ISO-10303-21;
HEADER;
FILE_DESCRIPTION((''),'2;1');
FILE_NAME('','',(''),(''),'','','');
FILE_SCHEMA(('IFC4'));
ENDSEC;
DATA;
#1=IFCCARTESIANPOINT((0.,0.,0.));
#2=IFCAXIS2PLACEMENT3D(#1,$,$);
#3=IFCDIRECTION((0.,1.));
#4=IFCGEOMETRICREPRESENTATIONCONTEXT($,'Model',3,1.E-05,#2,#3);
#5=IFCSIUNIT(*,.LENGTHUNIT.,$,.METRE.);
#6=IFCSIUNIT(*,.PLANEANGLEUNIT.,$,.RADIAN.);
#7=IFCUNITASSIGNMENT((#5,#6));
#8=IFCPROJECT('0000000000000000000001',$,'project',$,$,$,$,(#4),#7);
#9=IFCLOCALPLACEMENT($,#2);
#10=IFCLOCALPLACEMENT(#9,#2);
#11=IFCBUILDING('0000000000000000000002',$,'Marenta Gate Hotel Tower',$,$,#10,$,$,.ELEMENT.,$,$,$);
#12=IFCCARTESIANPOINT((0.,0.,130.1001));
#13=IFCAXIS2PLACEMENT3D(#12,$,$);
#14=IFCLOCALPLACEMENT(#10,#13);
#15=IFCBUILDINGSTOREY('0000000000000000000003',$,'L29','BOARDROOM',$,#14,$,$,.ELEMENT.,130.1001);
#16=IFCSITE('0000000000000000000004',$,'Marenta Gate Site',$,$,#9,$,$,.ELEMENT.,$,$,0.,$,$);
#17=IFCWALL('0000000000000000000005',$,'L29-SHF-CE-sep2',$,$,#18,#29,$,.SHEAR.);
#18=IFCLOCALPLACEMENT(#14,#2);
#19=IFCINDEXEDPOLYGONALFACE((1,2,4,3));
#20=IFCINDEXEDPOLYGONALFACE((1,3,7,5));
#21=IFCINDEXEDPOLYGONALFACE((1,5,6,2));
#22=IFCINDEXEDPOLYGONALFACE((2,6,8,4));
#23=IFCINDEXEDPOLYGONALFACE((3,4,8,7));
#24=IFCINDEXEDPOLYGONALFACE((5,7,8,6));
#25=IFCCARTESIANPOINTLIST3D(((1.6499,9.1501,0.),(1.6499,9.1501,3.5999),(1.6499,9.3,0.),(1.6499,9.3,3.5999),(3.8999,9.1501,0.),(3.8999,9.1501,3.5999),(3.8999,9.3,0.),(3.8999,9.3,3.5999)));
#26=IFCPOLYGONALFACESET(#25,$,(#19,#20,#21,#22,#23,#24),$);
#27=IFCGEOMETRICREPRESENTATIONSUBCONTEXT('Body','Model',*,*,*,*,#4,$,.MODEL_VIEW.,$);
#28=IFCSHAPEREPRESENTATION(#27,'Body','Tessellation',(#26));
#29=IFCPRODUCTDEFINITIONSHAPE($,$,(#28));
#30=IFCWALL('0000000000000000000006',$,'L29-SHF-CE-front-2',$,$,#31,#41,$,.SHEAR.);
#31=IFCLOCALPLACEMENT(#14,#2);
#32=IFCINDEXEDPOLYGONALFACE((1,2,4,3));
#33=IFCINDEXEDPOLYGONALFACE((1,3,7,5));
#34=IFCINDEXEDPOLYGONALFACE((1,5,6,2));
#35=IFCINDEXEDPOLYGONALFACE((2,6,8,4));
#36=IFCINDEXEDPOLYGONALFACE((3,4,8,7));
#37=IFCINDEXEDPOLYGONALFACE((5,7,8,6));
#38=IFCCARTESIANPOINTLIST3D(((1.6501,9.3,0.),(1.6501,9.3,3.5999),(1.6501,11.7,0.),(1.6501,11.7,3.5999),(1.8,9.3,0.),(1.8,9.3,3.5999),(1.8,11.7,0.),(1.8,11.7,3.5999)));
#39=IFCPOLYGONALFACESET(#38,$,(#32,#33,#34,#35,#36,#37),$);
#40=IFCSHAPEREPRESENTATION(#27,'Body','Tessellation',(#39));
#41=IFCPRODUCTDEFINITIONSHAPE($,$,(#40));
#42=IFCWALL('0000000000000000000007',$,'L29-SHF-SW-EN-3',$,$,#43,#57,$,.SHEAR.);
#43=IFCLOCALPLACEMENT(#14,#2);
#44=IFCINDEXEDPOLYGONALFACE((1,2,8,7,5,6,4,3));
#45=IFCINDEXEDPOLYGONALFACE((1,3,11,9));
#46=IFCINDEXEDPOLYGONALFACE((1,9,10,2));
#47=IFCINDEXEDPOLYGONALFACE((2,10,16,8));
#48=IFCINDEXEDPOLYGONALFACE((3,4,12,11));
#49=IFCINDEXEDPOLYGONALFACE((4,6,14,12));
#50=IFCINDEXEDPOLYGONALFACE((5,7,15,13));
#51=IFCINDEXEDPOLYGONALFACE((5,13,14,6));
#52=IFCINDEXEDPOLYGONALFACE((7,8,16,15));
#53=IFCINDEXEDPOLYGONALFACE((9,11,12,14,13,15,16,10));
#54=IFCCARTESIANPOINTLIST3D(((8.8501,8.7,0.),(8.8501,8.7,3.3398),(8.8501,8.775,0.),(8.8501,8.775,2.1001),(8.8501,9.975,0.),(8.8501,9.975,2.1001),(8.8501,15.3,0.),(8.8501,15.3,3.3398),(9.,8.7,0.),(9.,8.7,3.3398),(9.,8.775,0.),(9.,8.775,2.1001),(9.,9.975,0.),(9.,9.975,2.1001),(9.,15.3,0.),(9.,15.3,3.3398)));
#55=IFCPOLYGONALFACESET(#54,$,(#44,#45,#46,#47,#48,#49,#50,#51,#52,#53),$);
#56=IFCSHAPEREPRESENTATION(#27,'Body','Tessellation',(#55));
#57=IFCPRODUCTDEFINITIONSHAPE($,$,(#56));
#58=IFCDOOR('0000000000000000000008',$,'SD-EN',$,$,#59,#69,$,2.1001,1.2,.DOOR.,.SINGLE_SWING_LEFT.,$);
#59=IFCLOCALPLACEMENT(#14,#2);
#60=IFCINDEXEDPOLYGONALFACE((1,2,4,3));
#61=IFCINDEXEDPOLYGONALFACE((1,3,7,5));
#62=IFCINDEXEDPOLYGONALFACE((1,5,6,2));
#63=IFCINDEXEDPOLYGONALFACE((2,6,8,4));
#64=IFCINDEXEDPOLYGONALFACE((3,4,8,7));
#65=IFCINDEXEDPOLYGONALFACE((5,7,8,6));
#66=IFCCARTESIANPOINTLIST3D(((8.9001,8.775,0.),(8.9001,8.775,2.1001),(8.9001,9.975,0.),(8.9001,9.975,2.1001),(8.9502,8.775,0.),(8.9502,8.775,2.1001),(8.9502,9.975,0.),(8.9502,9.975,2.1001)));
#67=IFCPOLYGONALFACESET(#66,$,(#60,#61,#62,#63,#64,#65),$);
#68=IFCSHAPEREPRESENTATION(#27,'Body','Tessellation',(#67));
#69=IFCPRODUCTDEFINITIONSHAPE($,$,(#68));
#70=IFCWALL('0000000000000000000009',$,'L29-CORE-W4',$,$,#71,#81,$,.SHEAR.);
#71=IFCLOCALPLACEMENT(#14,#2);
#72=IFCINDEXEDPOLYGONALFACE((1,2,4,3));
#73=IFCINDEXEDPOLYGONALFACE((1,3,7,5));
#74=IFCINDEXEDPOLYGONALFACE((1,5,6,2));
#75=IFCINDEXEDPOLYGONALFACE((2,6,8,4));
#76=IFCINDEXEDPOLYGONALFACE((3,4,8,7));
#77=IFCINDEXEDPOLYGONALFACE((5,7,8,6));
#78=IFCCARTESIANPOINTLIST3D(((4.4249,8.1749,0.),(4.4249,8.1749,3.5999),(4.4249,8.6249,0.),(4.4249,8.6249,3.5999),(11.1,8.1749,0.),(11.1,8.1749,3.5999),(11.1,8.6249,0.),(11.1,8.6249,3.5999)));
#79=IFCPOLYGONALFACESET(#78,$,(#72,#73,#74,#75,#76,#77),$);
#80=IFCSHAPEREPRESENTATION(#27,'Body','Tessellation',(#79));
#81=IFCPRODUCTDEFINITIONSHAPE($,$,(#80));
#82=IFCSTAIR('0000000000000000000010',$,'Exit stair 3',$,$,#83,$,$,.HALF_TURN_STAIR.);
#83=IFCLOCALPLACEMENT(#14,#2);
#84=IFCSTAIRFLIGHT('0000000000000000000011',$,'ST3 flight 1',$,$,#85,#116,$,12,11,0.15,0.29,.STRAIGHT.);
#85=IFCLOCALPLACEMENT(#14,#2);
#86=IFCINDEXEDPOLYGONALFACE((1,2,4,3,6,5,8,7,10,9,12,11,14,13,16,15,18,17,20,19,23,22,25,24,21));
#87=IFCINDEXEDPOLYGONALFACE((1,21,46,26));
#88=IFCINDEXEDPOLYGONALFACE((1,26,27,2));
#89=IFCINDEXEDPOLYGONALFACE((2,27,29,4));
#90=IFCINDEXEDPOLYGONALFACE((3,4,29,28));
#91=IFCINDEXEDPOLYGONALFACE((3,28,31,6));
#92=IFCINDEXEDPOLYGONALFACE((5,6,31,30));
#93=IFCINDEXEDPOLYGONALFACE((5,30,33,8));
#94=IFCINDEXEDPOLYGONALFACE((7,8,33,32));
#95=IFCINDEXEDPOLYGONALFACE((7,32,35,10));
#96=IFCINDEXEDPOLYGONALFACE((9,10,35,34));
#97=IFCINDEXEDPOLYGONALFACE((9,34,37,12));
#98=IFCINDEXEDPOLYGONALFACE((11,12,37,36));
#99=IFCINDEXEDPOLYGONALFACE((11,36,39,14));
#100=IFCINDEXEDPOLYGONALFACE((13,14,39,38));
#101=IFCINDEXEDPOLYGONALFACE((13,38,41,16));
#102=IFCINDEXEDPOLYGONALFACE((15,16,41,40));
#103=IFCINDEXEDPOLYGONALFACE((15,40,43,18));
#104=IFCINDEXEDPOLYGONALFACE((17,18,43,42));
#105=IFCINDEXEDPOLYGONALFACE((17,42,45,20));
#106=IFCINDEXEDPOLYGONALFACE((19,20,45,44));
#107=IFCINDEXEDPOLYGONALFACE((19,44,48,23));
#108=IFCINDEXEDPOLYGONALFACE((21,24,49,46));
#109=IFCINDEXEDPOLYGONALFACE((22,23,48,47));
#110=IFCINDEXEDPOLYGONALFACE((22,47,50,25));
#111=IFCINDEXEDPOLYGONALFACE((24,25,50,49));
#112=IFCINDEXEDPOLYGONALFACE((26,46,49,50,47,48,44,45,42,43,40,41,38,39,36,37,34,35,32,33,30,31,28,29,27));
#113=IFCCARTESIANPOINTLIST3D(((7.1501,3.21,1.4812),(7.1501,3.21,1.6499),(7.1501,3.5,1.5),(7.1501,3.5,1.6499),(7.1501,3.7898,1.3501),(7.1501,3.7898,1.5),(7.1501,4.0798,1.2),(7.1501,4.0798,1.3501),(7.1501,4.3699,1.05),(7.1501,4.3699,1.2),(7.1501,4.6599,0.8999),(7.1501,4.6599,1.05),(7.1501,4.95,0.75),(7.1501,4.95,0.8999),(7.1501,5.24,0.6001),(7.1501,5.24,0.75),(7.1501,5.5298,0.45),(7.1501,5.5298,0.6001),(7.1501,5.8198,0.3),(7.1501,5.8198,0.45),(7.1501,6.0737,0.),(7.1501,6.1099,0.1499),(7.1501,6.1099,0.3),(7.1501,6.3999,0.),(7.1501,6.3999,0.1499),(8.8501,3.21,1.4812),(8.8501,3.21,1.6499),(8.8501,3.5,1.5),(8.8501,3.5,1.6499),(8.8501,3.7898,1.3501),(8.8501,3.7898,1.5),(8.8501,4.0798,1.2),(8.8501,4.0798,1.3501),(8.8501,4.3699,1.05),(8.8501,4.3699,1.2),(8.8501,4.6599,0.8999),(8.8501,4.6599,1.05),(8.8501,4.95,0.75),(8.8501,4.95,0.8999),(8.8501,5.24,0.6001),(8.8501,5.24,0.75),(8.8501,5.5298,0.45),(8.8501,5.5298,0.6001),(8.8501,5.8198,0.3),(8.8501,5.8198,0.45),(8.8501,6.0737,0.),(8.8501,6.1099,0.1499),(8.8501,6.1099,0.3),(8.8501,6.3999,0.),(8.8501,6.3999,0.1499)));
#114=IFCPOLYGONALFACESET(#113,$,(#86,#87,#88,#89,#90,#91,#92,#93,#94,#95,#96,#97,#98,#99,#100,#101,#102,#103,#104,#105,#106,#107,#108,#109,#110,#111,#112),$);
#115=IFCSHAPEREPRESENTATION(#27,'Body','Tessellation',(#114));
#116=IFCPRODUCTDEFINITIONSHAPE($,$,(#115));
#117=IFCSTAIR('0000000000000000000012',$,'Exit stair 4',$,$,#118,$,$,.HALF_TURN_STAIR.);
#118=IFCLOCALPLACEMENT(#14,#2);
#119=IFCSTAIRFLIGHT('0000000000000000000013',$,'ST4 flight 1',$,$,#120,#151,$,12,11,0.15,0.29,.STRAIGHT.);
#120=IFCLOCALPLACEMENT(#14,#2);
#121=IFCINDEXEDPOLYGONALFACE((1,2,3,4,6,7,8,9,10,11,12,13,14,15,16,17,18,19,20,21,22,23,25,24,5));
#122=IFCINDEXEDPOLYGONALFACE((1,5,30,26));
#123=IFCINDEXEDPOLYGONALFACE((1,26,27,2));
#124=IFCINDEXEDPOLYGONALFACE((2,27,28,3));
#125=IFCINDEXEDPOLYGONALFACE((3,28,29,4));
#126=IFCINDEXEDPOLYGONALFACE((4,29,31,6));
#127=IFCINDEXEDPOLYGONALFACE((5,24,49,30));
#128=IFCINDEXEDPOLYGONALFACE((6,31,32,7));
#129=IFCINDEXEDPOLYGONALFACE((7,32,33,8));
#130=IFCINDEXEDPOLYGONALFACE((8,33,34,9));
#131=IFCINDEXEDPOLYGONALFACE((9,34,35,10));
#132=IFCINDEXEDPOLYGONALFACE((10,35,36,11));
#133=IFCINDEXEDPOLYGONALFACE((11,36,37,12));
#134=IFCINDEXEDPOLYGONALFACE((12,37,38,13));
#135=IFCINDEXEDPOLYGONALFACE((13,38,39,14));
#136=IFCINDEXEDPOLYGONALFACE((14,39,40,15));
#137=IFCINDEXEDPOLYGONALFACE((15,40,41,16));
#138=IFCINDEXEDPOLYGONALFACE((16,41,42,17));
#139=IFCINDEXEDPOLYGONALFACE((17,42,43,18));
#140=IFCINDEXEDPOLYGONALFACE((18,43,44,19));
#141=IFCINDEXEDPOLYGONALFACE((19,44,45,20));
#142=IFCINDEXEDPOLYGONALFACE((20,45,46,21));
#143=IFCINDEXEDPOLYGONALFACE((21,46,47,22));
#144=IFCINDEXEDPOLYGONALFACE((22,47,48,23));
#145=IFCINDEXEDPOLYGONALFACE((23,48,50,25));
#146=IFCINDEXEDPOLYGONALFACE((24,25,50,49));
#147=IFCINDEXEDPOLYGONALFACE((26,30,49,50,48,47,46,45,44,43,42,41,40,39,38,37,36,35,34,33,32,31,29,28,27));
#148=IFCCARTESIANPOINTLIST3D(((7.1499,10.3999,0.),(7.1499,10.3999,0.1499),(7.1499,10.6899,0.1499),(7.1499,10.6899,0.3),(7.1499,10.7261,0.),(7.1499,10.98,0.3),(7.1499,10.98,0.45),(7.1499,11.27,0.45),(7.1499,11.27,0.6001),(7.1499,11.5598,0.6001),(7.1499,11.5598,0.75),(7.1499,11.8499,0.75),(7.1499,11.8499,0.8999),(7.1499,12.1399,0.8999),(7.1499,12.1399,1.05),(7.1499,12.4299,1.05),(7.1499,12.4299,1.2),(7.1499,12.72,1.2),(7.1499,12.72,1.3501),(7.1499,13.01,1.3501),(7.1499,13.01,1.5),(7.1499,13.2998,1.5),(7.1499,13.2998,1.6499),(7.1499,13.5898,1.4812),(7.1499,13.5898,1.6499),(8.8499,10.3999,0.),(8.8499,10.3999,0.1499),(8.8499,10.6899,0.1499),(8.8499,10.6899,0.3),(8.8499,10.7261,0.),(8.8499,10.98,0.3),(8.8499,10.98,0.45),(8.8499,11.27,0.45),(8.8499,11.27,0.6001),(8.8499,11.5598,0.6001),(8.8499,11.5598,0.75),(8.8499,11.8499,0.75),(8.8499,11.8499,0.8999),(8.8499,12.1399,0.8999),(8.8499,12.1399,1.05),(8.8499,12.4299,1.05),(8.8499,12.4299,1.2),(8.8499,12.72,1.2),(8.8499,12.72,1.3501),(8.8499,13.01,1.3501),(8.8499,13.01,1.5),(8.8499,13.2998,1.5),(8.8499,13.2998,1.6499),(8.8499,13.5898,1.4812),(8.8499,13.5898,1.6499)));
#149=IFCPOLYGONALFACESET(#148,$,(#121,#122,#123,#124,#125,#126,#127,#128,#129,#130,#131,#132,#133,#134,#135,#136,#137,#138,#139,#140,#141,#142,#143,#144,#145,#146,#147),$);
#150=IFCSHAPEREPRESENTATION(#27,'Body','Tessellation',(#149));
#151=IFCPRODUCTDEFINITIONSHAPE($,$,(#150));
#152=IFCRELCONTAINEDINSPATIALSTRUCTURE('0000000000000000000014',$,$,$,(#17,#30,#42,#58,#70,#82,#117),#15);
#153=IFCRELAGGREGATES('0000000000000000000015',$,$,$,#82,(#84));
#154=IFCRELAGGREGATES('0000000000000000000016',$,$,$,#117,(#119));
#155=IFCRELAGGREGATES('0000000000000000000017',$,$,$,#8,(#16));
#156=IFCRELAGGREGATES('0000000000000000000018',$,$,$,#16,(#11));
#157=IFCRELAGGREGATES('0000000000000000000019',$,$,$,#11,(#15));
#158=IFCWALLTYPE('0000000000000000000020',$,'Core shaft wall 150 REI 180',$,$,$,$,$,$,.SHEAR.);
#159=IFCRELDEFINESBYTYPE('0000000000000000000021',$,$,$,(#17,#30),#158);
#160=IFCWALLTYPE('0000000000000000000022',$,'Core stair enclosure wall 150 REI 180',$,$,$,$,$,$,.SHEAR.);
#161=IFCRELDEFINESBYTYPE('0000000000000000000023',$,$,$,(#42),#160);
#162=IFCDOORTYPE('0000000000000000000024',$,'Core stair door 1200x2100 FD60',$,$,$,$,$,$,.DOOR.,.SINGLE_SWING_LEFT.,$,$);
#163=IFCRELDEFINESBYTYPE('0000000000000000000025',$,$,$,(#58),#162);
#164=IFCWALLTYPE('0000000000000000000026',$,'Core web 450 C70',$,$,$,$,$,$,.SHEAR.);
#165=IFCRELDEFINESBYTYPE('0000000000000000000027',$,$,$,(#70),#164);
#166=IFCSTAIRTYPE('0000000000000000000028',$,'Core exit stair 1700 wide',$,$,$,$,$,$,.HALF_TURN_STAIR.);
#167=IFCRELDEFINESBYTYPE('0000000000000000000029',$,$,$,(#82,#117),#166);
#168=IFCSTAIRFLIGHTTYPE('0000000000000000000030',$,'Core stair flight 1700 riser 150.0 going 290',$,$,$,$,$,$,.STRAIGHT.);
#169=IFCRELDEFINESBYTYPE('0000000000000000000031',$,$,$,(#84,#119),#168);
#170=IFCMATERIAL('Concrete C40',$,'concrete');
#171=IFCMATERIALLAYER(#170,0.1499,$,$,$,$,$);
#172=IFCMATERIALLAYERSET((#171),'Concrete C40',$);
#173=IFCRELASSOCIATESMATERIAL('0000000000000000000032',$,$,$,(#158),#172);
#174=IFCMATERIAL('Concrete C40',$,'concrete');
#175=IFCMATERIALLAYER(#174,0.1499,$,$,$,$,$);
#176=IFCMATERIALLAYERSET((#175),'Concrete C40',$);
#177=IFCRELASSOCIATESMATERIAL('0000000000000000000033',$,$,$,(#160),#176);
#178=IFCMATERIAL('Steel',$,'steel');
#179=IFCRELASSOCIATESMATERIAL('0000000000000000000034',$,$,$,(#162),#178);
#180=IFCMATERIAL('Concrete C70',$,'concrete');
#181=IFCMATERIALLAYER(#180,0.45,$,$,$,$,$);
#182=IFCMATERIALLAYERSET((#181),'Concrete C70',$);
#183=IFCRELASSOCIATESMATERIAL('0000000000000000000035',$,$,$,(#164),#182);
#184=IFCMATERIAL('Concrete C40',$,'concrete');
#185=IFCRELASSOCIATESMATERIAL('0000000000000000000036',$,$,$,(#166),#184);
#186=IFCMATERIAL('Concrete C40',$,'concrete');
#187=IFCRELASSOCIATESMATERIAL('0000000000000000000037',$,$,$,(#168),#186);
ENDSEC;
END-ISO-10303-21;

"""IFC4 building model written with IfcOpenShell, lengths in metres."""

from ifc_helpers import new_model, si_unit, direction, frame, frame_2d, origin, place, context, subcontext, project, spatial, polyline, rectangle, outline, extrude, material, layer, layer_set, type_object, element, fill, aggregate, save


model = new_model("IFC4")

# Units and contexts
model_context = context("Model", 3, precision=1e-05, world=origin(), true_north=direction((0.0, 1.0)))
body_context = subcontext(model_context, "Body", "Model", "MODEL_VIEW")
ifc_project = project(units=[si_unit("LENGTHUNIT", "METRE"), si_unit("PLANEANGLEUNIT", "RADIAN")], contexts=[model_context])

# Site, building, storey
site_placement = place(None, origin())
site = spatial("IfcSite", under=ifc_project, at=site_placement, Name="Marenta Gate Site", CompositionType="ELEMENT", RefElevation=0.0)
building_placement = place(site_placement, origin())
building = spatial("IfcBuilding", under=site, at=building_placement, Name="Marenta Gate Hotel Tower", CompositionType="ELEMENT")
storey_placement = place(building_placement, frame((0.0, 0.0, 130.1001)))
storey = spatial("IfcBuildingStorey", under=building, at=storey_placement, Name="L29", Description="BOARDROOM", CompositionType="ELEMENT", Elevation=130.1001)

# Shared definitions
ifc_material_1 = material(Name="Concrete C40", Category="concrete")
ifc_layer_1 = layer(ifc_material_1, 0.1499)
ifc_layer_set_1 = layer_set([ifc_layer_1], Name="Concrete C40")
wall_type_1 = type_object("IfcWallType", Name="Core shaft wall 150 REI 180", PredefinedType="SHEAR", material=ifc_layer_set_1)

# Walls
for number, where, z_axis, x_axis, name in (
    (1, (1.6499, 9.2251, 0.0), (0.0, 0.0, 1.0), (1.0, 0.0, 0.0), "L29-SHF-CE-sep2"),
):
    element("IfcWall", number, at=place(storey_placement, frame(where, z_axis=z_axis, x_axis=x_axis)), inside=storey, type_object=wall_type_1, Name=name, PredefinedType="SHEAR", context=body_context, shape_type="SweptSolid", body=[
        extrude(rectangle(XDim=2.25, YDim=0.1499, at=frame_2d((1.125, 0.0))), origin(), (0.0, 0.0, 1.0), 3.5999),
    ])
wall_1_placement = place(storey_placement, frame((1.7251, 9.3, 0.0), z_axis=(0.0, 0.0, 1.0), x_axis=(0.0, 1.0, 0.0)))
element("IfcWall", 2, at=wall_1_placement, inside=storey, type_object=wall_type_1, Name="L29-SHF-CE-front-2", PredefinedType="SHEAR", context=body_context, shape_type="SweptSolid", body=[
    extrude(rectangle(XDim=2.3999, YDim=0.1499, at=frame_2d((1.2, 0.0))), origin(), (0.0, 0.0, 1.0), 3.5999),
])

# Wall, opening, door
ifc_material_2 = material(Name="Concrete C40", Category="concrete")
ifc_layer_2 = layer(ifc_material_2, 0.1499)
ifc_layer_set_2 = layer_set([ifc_layer_2], Name="Concrete C40")
wall_type_2 = type_object("IfcWallType", Name="Core stair enclosure wall 150 REI 180", PredefinedType="SHEAR", material=ifc_layer_set_2)
wall_2_placement = place(storey_placement, frame((8.925, 8.7, 0.0), z_axis=(0.0, 0.0, 1.0), x_axis=(0.0, 1.0, 0.0)))
wall_2 = element("IfcWall", 3, at=wall_2_placement, inside=storey, type_object=wall_type_2, Name="L29-SHF-SW-EN-3", PredefinedType="SHEAR", context=body_context, shape_type="SweptSolid", body=[
    extrude(rectangle(XDim=6.6001, YDim=0.1499, at=frame_2d((3.3, 0.0))), origin(), (0.0, 0.0, 1.0), 3.3398),
])
opening_1_placement = place(wall_2_placement, frame((0.075, 0.0, 0.0)))
opening_1 = element("IfcOpeningElement", 4, at=opening_1_placement, cuts=wall_2, PredefinedType="OPENING", context=body_context, shape_type="SweptSolid", body=[
    extrude(rectangle(XDim=1.2, YDim=2.1001, at=frame_2d((0.6001, 1.05))), frame((0.0, 0.075, 0.0), z_axis=(0.0, -1.0, 0.0), x_axis=(1.0, 0.0, 0.0)), (0.0, 0.0, 1.0), 0.1499),
])
ifc_material_3 = material(Name="Steel", Category="steel")
door_type_1 = type_object("IfcDoorType", Name="Core stair door 1200x2100 FD60", OperationType="SINGLE_SWING_LEFT", PredefinedType="DOOR", material=ifc_material_3)
door_1_placement = place(opening_1_placement, origin())
door_1 = element("IfcDoor", 5, at=door_1_placement, inside=storey, type_object=door_type_1, Name="SD-EN", OperationType="SINGLE_SWING_LEFT", OverallHeight=2.1001, OverallWidth=1.2, PredefinedType="DOOR", context=body_context, shape_type="SweptSolid", body=[
    extrude(rectangle(XDim=1.2, YDim=2.1001, at=frame_2d((0.6001, 1.05))), frame((0.0, 0.0249, 0.0), z_axis=(0.0, -1.0, 0.0), x_axis=(1.0, 0.0, 0.0)), (0.0, 0.0, 1.0), 0.05),
])
fill(opening_1, door_1)

# Wall
ifc_material_4 = material(Name="Concrete C70", Category="concrete")
ifc_layer_3 = layer(ifc_material_4, 0.45)
ifc_layer_set_3 = layer_set([ifc_layer_3], Name="Concrete C70")
wall_type_3 = type_object("IfcWallType", Name="Core web 450 C70", PredefinedType="SHEAR", material=ifc_layer_set_3)
wall_3_placement = place(storey_placement, frame((4.425, 8.3999, 0.0), z_axis=(0.0, 0.0, 1.0), x_axis=(1.0, 0.0, 0.0)))
element("IfcWall", 6, at=wall_3_placement, inside=storey, type_object=wall_type_3, Name="L29-CORE-W4", PredefinedType="SHEAR", context=body_context, shape_type="SweptSolid", body=[
    extrude(rectangle(XDim=6.675, YDim=0.45, at=frame_2d((3.3374, 0.0))), origin(), (0.0, 0.0, 1.0), 3.5999),
])

# Stair, stair flight
ifc_material_5 = material(Name="Concrete C40", Category="concrete")
stair_type = type_object("IfcStairType", Name="Core exit stair 1700 wide", PredefinedType="HALF_TURN_STAIR", material=ifc_material_5)
stair_1_placement = place(storey_placement, origin())
stair_1 = element("IfcStair", 7, at=stair_1_placement, inside=storey, type_object=stair_type, Name="Exit stair 3", PredefinedType="HALF_TURN_STAIR")
ifc_material_6 = material(Name="Concrete C40", Category="concrete")
stair_flight_type = type_object("IfcStairFlightType", Name="Core stair flight 1700 riser 150.0 going 290", PredefinedType="STRAIGHT", material=ifc_material_6)
stair_flight_1_placement = place(storey_placement, frame((8.0, 6.3999, 0.0), z_axis=(0.0, 0.0, 1.0), x_axis=(0.0, -1.0, 0.0)))
stair_flight_1 = element("IfcStairFlight", 8, at=stair_flight_1_placement, type_object=stair_flight_type, Name="ST3 flight 1", NumberOfRisers=12, NumberOfTreads=11, PredefinedType="STRAIGHT", RiserHeight=0.15, TreadLength=0.29, context=body_context, shape_type="SweptSolid", body=[
    extrude(outline(polyline([(0.0, 0.0), (0.0, 0.1499), (0.29, 0.1499), (0.29, 0.3), (0.5801, 0.3), (0.5801, 0.45), (0.8701, 0.45), (0.8701, 0.6001), (1.1599, 0.6001), (1.1599, 0.75), (1.45, 0.75), (1.45, 0.8999), (1.74, 0.8999), (1.74, 1.05), (2.03, 1.05), (2.03, 1.2), (2.3201, 1.2), (2.3201, 1.3501), (2.6101, 1.3501), (2.6101, 1.5), (2.8999, 1.5), (2.8999, 1.6499), (3.1899, 1.6499), (3.1899, 1.8), (3.1899, 1.4812), (0.3262, 0.0), (0.0, 0.0)])), frame((0.0, 0.8501, 0.0), z_axis=(0.0, -1.0, 0.0), x_axis=(1.0, 0.0, 0.0)), (0.0, 0.0, 1.0), 1.7),
])
aggregate(stair_1, [stair_flight_1])

# Stair, stair flight
stair_2_placement = place(storey_placement, origin())
stair_2 = element("IfcStair", 9, at=stair_2_placement, inside=storey, type_object=stair_type, Name="Exit stair 4", PredefinedType="HALF_TURN_STAIR")
stair_flight_2_placement = place(storey_placement, frame((8.0, 10.3999, 0.0), z_axis=(0.0, 0.0, 1.0), x_axis=(0.0, 1.0, 0.0)))
stair_flight_2 = element("IfcStairFlight", 10, at=stair_flight_2_placement, type_object=stair_flight_type, Name="ST4 flight 1", NumberOfRisers=12, NumberOfTreads=11, PredefinedType="STRAIGHT", RiserHeight=0.15, TreadLength=0.29, context=body_context, shape_type="SweptSolid", body=[
    extrude(outline(polyline([(0.0, 0.0), (0.0, 0.1499), (0.29, 0.1499), (0.29, 0.3), (0.5801, 0.3), (0.5801, 0.45), (0.8701, 0.45), (0.8701, 0.6001), (1.1599, 0.6001), (1.1599, 0.75), (1.45, 0.75), (1.45, 0.8999), (1.74, 0.8999), (1.74, 1.05), (2.03, 1.05), (2.03, 1.2), (2.3201, 1.2), (2.3201, 1.3501), (2.6101, 1.3501), (2.6101, 1.5), (2.8999, 1.5), (2.8999, 1.6499), (3.1899, 1.6499), (3.1899, 1.8), (3.1899, 1.4812), (0.3262, 0.0), (0.0, 0.0)])), frame((0.0, 0.8501, 0.0), z_axis=(0.0, -1.0, 0.0), x_axis=(1.0, 0.0, 0.0)), (0.0, 0.0, 1.0), 1.7),
])
aggregate(stair_2, [stair_flight_2])

save(model, "model.ifc")
